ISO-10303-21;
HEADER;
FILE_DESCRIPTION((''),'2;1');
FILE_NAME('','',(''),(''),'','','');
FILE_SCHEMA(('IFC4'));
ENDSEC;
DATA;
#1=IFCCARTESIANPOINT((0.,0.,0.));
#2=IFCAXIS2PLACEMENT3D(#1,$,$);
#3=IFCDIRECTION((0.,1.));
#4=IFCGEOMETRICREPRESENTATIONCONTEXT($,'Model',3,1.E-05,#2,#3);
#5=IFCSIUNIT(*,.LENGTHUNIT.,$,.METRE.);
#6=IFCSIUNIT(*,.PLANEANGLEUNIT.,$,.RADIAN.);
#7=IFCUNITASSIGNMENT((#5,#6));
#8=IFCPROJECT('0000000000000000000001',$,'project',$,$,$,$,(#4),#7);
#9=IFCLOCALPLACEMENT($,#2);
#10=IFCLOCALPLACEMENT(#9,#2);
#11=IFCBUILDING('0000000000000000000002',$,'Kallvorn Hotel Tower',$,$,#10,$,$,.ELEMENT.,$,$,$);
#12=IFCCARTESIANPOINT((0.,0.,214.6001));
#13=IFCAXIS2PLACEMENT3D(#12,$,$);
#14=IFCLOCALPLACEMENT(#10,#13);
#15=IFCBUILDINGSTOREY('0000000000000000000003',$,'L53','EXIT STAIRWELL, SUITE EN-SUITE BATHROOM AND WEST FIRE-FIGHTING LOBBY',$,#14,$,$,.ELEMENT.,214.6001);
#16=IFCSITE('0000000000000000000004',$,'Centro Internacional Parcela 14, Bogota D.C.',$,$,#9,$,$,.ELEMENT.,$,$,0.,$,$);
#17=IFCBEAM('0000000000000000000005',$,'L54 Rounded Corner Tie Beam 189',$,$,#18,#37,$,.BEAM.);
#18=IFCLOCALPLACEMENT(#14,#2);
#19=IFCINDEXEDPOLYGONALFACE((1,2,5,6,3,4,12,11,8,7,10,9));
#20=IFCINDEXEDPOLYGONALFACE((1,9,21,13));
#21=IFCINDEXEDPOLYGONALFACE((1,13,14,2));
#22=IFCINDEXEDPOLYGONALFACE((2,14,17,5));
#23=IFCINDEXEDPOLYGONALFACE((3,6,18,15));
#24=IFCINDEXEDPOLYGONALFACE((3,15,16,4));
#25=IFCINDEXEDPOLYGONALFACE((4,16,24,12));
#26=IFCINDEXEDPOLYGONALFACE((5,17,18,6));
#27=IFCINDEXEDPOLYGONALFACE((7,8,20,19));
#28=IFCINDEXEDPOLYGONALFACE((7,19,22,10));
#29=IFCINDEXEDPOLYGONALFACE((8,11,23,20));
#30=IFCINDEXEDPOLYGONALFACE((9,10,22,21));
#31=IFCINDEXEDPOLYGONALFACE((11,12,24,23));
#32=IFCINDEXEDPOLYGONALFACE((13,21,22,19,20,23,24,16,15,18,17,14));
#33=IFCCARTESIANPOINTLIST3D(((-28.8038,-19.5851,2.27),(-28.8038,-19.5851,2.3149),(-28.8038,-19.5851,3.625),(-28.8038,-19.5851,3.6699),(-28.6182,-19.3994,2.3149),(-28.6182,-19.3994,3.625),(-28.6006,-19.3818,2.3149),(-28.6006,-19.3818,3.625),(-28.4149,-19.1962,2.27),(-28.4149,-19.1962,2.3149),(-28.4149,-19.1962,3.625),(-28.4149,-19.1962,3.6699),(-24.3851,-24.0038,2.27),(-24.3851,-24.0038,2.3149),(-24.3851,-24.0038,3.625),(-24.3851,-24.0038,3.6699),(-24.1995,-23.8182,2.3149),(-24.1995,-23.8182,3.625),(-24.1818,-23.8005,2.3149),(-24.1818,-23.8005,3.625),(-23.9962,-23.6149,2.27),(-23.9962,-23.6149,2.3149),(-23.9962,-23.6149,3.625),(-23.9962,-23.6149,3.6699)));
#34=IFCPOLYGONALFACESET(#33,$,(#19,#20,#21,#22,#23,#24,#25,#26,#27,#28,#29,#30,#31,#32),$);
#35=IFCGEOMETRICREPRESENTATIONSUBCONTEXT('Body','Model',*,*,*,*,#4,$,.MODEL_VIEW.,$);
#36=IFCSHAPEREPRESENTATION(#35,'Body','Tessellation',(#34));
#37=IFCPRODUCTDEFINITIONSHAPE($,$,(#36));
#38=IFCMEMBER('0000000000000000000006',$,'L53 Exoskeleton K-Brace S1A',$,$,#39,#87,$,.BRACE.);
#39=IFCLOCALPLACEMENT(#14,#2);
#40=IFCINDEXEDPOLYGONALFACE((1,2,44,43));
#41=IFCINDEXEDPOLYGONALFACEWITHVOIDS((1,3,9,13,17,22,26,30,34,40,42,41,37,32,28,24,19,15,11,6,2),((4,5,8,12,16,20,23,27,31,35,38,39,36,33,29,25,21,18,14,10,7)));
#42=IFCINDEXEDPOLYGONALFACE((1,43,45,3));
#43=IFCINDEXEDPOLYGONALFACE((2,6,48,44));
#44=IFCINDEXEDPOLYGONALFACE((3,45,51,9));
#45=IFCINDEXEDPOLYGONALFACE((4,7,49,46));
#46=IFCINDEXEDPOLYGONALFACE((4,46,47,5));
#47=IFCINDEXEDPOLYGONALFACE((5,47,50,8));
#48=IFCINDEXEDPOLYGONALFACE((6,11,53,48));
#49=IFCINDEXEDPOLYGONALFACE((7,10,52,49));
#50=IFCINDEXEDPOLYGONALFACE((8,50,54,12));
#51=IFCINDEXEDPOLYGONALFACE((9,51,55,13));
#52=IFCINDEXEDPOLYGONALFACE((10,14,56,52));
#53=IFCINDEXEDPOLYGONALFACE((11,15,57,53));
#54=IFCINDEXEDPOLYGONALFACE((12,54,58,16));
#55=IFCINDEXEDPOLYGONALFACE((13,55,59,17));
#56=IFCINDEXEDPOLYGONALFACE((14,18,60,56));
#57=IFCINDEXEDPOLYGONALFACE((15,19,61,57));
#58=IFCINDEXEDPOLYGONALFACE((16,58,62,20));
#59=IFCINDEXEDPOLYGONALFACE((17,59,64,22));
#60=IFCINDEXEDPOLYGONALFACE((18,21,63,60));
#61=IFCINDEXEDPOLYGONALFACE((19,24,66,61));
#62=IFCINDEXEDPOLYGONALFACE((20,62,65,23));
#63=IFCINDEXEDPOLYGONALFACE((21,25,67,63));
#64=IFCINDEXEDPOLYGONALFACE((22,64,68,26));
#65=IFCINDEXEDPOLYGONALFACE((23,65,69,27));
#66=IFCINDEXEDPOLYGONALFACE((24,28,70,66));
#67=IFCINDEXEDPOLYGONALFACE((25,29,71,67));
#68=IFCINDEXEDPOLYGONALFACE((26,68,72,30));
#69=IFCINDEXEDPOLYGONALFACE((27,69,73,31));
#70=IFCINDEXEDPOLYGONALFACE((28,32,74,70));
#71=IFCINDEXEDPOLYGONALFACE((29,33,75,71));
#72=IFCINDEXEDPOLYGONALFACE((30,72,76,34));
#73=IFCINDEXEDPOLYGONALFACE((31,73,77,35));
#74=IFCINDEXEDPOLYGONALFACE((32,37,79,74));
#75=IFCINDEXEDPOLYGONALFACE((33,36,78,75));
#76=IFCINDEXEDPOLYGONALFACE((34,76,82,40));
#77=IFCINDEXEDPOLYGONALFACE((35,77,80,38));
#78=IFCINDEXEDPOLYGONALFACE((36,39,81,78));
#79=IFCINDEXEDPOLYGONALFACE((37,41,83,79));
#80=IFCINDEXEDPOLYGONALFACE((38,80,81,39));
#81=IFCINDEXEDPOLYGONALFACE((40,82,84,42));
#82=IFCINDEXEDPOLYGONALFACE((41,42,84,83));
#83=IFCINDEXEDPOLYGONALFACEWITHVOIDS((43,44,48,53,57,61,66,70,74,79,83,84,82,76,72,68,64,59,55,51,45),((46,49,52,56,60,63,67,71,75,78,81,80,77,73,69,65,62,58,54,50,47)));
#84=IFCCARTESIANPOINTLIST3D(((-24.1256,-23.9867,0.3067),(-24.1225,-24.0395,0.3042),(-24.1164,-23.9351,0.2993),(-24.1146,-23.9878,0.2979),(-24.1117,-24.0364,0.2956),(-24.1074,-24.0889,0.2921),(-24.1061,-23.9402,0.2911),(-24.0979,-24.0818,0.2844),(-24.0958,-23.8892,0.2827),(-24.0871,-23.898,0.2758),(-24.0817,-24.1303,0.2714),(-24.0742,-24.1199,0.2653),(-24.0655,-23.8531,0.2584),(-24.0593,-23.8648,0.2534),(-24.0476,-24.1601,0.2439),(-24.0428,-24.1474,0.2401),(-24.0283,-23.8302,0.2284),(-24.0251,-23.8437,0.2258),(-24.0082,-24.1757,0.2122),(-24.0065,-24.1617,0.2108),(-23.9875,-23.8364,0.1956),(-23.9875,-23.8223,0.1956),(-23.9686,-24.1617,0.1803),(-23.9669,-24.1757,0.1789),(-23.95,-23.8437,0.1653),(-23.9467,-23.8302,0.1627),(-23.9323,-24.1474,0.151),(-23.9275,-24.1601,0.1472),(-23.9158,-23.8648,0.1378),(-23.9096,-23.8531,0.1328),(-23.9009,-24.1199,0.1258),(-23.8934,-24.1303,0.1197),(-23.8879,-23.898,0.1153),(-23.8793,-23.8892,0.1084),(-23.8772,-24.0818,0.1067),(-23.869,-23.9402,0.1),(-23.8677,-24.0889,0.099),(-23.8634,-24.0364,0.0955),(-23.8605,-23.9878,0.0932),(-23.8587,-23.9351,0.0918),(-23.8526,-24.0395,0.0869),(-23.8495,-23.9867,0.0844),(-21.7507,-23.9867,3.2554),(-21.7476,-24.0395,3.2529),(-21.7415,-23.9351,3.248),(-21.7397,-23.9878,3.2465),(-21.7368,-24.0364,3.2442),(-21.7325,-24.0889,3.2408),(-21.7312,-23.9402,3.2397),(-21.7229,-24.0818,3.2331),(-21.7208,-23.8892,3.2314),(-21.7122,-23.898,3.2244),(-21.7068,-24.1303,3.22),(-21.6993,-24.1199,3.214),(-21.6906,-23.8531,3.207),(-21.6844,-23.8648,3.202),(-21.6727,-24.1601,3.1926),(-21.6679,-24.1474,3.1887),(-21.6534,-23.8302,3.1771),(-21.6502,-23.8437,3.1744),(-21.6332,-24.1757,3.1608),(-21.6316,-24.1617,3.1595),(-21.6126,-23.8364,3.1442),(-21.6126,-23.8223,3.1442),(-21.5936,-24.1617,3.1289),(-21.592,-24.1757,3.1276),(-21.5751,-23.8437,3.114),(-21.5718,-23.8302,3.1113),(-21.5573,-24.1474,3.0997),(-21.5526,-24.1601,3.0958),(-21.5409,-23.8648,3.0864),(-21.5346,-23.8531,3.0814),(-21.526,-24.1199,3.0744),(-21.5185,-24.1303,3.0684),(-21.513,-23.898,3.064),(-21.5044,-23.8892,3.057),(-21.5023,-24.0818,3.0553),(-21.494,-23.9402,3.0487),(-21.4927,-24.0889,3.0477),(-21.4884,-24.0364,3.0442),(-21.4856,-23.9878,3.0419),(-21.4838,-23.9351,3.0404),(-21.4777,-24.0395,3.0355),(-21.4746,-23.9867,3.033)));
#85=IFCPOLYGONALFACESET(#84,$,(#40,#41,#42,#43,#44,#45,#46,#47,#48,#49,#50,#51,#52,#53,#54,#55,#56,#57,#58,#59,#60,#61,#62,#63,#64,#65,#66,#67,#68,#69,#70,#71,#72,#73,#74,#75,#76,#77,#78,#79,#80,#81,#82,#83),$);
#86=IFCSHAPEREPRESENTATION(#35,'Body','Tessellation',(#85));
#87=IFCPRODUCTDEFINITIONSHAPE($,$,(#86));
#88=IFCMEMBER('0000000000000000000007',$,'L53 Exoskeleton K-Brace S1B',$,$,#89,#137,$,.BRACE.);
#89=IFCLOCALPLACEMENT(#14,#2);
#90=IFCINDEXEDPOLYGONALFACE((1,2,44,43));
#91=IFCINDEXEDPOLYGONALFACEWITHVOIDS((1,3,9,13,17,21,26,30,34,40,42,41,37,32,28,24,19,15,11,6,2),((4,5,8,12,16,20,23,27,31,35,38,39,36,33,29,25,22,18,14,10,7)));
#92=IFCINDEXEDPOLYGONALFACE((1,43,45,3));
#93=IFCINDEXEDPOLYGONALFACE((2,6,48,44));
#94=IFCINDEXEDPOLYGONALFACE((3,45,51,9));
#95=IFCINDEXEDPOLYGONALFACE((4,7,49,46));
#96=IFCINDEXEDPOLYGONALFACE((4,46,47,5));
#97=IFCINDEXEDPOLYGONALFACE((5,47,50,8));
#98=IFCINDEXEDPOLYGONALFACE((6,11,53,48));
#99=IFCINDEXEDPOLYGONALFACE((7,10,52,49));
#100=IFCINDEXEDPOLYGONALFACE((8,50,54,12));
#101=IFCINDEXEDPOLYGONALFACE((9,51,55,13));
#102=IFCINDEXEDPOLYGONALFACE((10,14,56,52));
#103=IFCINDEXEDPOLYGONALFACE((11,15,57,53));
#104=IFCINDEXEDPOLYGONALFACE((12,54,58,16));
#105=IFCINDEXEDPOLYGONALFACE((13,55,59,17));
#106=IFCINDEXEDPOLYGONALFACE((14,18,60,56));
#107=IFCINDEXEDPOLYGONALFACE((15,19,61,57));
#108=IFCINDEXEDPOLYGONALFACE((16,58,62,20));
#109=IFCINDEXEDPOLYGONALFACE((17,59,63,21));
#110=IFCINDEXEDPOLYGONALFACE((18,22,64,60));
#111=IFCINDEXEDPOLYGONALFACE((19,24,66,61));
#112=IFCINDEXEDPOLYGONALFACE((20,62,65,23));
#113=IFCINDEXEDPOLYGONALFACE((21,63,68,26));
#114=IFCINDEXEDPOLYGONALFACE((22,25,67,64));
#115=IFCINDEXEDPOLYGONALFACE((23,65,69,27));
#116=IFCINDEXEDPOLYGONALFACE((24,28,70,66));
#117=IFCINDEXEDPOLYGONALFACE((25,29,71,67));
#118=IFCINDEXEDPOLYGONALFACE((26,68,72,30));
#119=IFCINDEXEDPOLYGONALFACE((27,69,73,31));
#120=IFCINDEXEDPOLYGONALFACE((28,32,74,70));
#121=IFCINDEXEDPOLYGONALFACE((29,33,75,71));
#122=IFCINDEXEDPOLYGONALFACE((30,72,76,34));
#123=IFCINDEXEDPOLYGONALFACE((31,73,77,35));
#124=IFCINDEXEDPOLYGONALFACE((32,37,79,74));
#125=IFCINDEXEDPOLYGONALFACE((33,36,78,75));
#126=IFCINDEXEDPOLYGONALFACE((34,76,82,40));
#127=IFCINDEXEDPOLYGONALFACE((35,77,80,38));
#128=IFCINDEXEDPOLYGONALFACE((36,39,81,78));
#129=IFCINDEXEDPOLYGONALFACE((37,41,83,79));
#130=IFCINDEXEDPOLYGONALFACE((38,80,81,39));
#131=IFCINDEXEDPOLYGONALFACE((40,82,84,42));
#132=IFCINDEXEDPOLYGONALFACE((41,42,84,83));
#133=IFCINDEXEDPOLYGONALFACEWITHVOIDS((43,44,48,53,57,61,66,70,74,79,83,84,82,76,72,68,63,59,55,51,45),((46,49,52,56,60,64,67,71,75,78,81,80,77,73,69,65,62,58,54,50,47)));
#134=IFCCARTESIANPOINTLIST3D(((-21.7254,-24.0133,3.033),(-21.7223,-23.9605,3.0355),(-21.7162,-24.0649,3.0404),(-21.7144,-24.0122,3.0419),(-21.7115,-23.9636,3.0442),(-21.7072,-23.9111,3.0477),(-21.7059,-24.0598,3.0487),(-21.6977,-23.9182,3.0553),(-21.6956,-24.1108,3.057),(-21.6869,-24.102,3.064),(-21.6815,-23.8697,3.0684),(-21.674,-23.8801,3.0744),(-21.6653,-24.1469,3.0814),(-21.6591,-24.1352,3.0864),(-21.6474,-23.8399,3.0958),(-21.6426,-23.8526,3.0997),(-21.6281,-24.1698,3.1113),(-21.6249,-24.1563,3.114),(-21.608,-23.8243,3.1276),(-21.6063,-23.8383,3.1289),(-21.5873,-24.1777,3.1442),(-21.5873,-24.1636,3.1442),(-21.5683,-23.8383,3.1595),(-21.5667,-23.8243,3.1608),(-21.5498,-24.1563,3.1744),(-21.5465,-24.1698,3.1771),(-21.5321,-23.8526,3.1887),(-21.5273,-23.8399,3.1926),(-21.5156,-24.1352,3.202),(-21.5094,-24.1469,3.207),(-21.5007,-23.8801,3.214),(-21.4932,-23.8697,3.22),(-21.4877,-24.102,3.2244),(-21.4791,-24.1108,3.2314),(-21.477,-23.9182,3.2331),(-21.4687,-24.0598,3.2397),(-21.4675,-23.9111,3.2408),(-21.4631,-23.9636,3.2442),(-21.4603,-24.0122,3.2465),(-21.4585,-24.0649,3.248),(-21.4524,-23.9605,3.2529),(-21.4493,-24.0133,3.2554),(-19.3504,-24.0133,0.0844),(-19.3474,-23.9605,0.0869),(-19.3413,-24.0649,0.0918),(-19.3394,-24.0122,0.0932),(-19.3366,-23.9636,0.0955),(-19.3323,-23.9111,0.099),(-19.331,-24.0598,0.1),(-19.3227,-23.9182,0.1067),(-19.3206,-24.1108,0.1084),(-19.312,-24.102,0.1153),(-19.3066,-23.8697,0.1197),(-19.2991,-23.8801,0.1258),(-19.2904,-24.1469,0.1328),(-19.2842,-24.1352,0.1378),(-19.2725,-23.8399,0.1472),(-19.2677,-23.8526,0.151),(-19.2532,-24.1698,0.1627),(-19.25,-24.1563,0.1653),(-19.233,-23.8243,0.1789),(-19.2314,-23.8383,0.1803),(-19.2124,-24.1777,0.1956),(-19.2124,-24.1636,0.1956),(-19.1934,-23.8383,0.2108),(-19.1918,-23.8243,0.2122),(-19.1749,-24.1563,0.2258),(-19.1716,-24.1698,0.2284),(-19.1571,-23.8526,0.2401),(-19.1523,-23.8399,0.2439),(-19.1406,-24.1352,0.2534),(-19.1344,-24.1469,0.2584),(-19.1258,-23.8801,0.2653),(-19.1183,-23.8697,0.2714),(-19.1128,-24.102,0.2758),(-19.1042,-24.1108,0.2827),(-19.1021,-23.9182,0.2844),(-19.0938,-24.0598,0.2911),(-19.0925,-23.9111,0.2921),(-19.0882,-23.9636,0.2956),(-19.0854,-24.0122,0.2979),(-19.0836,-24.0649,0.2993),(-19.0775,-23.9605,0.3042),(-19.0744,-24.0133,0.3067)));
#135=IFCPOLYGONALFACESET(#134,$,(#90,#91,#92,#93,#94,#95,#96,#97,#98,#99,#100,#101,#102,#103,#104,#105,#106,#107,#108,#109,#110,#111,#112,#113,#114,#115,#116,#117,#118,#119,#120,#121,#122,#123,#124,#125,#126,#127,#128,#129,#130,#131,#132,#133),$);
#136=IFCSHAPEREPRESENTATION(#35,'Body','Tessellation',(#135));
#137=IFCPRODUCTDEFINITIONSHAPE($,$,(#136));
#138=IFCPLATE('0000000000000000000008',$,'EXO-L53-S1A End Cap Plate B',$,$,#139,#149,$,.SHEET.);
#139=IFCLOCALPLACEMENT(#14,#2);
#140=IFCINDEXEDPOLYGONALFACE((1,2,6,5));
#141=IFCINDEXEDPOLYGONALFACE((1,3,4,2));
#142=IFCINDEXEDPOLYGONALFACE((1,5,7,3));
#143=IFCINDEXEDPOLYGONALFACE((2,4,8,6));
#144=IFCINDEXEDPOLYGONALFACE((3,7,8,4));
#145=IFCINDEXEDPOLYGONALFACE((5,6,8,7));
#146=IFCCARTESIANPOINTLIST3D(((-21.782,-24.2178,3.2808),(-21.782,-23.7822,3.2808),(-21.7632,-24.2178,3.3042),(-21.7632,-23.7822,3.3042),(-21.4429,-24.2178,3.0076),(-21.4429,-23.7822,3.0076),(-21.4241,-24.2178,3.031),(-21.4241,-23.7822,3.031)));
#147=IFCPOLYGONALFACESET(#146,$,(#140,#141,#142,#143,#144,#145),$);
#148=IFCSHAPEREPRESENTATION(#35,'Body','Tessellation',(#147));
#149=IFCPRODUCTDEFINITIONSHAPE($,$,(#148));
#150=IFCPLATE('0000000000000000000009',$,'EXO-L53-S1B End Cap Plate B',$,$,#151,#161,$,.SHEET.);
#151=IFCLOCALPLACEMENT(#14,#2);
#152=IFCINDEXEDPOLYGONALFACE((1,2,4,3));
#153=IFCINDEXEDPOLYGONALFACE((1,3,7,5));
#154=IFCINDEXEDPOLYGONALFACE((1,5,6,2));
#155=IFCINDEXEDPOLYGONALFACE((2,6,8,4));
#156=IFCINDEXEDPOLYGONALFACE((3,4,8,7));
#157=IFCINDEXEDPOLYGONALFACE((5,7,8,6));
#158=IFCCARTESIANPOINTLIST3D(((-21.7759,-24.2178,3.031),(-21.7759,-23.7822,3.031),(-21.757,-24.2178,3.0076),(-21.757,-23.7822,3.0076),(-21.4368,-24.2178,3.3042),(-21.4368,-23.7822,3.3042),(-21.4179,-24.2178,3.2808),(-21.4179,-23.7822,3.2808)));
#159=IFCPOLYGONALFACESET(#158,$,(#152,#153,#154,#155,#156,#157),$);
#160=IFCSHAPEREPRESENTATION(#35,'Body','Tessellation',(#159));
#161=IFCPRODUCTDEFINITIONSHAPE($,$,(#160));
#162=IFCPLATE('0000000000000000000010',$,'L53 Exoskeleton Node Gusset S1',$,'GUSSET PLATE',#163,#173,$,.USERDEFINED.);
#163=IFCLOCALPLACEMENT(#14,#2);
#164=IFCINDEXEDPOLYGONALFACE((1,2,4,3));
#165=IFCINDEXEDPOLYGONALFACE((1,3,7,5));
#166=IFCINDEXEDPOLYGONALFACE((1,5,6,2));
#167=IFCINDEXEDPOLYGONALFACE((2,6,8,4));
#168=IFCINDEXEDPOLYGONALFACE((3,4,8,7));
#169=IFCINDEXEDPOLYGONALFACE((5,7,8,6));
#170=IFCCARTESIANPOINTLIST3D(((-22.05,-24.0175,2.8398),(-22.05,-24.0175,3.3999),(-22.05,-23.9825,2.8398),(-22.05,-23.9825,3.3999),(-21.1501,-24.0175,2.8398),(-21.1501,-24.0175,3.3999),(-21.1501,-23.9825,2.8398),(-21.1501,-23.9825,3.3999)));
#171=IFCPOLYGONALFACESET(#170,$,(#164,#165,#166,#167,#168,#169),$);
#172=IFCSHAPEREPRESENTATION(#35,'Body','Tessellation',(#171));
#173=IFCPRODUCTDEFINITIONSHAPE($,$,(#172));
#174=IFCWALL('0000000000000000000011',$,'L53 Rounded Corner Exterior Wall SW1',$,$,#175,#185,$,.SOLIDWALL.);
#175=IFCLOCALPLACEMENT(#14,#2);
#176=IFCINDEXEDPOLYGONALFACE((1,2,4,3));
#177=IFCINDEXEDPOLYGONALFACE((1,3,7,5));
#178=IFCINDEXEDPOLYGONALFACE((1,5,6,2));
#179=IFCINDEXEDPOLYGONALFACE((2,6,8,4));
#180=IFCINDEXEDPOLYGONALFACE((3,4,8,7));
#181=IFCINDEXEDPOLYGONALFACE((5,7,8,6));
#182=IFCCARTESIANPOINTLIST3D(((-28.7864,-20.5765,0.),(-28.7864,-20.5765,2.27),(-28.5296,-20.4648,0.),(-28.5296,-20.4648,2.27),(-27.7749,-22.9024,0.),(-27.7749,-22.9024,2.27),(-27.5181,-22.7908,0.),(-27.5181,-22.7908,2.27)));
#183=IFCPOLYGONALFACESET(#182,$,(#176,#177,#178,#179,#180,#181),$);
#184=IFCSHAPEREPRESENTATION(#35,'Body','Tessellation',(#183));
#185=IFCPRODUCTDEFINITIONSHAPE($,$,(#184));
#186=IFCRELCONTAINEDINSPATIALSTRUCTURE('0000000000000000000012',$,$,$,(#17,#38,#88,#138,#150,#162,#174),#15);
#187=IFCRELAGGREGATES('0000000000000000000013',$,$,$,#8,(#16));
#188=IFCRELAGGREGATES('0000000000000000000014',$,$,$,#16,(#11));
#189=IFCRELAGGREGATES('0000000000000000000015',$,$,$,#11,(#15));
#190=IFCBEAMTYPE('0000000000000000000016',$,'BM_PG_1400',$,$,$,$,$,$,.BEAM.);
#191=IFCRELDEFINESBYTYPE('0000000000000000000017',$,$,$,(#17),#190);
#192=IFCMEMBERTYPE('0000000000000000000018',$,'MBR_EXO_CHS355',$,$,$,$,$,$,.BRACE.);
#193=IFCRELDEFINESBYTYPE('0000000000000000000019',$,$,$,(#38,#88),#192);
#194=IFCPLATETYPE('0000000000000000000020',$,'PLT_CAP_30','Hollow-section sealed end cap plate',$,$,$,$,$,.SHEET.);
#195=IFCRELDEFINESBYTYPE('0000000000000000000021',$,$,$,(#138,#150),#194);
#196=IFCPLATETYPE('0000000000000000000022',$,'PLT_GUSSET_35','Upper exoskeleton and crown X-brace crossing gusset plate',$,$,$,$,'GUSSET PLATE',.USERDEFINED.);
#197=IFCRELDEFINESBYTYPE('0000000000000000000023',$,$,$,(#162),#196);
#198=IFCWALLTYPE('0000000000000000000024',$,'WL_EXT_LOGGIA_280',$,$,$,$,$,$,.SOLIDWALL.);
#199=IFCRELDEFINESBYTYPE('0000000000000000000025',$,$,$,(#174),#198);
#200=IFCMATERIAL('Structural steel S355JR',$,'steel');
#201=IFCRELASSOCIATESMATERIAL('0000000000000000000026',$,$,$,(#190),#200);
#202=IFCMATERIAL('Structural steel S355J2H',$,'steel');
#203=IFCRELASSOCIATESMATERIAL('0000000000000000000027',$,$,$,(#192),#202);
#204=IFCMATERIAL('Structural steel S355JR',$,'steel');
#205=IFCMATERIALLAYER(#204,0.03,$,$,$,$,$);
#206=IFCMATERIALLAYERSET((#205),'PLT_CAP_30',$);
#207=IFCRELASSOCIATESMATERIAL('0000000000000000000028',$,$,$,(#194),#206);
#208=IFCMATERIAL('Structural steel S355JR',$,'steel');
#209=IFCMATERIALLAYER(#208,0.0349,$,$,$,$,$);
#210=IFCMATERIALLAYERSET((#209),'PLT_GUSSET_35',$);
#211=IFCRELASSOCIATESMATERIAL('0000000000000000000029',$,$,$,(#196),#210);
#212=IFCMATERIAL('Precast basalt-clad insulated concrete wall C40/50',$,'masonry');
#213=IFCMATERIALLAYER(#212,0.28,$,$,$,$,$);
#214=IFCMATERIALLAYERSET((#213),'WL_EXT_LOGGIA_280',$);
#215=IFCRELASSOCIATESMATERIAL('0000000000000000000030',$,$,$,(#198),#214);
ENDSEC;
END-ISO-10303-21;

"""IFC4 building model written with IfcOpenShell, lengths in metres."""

from ifc_helpers import new_model, si_unit, direction, frame, frame_2d, origin, origin_2d, place, context, subcontext, project, spatial, polyline, rectangle, hollow_circle, i_section, outline, extrude, material, layer, layer_set, material_profile, profile_set, type_object, element, save


model = new_model("IFC4")

# Units and contexts
model_context = context("Model", 3, precision=1e-05, world=origin(), true_north=direction((0.0, 1.0)))
body_context = subcontext(model_context, "Body", "Model", "MODEL_VIEW")
ifc_project = project(units=[si_unit("LENGTHUNIT", "METRE"), si_unit("PLANEANGLEUNIT", "RADIAN")], contexts=[model_context])

# Site, building, storey
site_placement = place(None, origin())
site = spatial("IfcSite", under=ifc_project, at=site_placement, Name="Centro Internacional Parcela 14, Bogota D.C.", CompositionType="ELEMENT", RefElevation=0.0)
building_placement = place(site_placement, origin())
building = spatial("IfcBuilding", under=site, at=building_placement, Name="Kallvorn Hotel Tower", CompositionType="ELEMENT")
storey_placement = place(building_placement, frame((0.0, 0.0, 214.6001)))
storey = spatial("IfcBuildingStorey", under=building, at=storey_placement, Name="L53", Description="EXIT STAIRWELL, SUITE EN-SUITE BATHROOM AND WEST FIRE-FIGHTING LOBBY", CompositionType="ELEMENT", Elevation=214.6001)

# Beam
ifc_material_1 = material(Name="Structural steel S355JR", Category="steel")
ifc_material_profile_1 = material_profile(ifc_material_1, i_section(OverallWidth=0.55, OverallDepth=1.3999, WebThickness=0.0249, FlangeThickness=0.0449, at=origin_2d()), Name="PG 1400x550x25x45")
ifc_profile_set_1 = profile_set([ifc_material_profile_1], Name="Structural steel S355JR")
beam_type_1 = type_object("IfcBeamType", Name="BM_PG_1400", PredefinedType="BEAM", material=ifc_profile_set_1)
beam_1_placement = place(storey_placement, frame((-28.6094, -19.3906, 2.97), z_axis=(0.707107, -0.707107, 0.0), x_axis=(0.707107, 0.707107, 0.0)))
element("IfcBeam", 1, at=beam_1_placement, inside=storey, type_object=beam_type_1, Name="L54 Rounded Corner Tie Beam 189", PredefinedType="BEAM", context=body_context, shape_type="SweptSolid", body=[
    extrude(i_section(OverallWidth=0.55, OverallDepth=1.3999, WebThickness=0.0249, FlangeThickness=0.0449, at=origin_2d()), origin(), (0.0, 0.0, 1.0), 6.249),
])

# Members
ifc_material_2 = material(Name="Structural steel S355J2H", Category="steel")
ifc_material_profile_2 = material_profile(ifc_material_2, hollow_circle(Radius=0.1777, WallThickness=0.0142, at=origin_2d()), Name="CHS 355.6x14.2")
ifc_profile_set_2 = profile_set([ifc_material_profile_2], Name="Structural steel S355J2H")
member_type = type_object("IfcMemberType", Name="MBR_EXO_CHS355", PredefinedType="BRACE", material=ifc_profile_set_2)
for number, where, z_axis, x_axis, name in (
    (2, (-23.9875, -24.0, 0.1956), (0.627271, 0.0, 0.778801), (0.0, 1.0, 0.0), "L53 Exoskeleton K-Brace S1A"),
    (3, (-19.2124, -24.0, 0.1956), (-0.627271, 0.0, 0.778801), (0.0, -1.0, 0.0), "L53 Exoskeleton K-Brace S1B"),
):
    element("IfcMember", number, at=place(storey_placement, frame(where, z_axis=z_axis, x_axis=x_axis)), inside=storey, type_object=member_type, Name=name, PredefinedType="BRACE", context=body_context, shape_type="SweptSolid", body=[
        extrude(hollow_circle(Radius=0.1777, WallThickness=0.0142, at=origin_2d()), origin(), (0.0, 0.0, 1.0), 3.7861),
    ])

# Plates
ifc_material_3 = material(Name="Structural steel S355JR", Category="steel")
ifc_layer_1 = layer(ifc_material_3, 0.03)
ifc_layer_set_1 = layer_set([ifc_layer_1], Name="PLT_CAP_30")
plate_type_1 = type_object("IfcPlateType", Name="PLT_CAP_30", Description="Hollow-section sealed end cap plate", PredefinedType="SHEET", material=ifc_layer_set_1)
for number, where, z_axis, x_axis, name in (
    (4, (-21.4241, -24.2178, 3.031), (0.627358, 0.0, 0.778731), (0.0, 1.0, 0.0), "EXO-L53-S1A End Cap Plate B"),
    (5, (-21.7759, -23.7822, 3.031), (-0.627358, 0.0, 0.778731), (0.0, -1.0, 0.0), "EXO-L53-S1B End Cap Plate B"),
):
    element("IfcPlate", number, at=place(storey_placement, frame(where, z_axis=z_axis, x_axis=x_axis)), inside=storey, type_object=plate_type_1, Name=name, PredefinedType="SHEET", context=body_context, shape_type="SweptSolid", body=[
        extrude(outline(polyline([(0.0, 0.0), (0.4355, 0.0), (0.4355, 0.4355), (0.0, 0.4355), (0.0, 0.0)])), origin(), (0.0, 0.0, -1.0), 0.03),
    ])
ifc_material_4 = material(Name="Structural steel S355JR", Category="steel")
ifc_layer_2 = layer(ifc_material_4, 0.0349)
ifc_layer_set_2 = layer_set([ifc_layer_2], Name="PLT_GUSSET_35")
plate_type_2 = type_object("IfcPlateType", Name="PLT_GUSSET_35", Description="Upper exoskeleton and crown X-brace crossing gusset plate", ElementType="GUSSET PLATE", PredefinedType="USERDEFINED", material=ifc_layer_set_2)
plate_placement = place(storey_placement, frame((-21.6001, -24.0, 2.8398), z_axis=(0.0, 0.0, 1.0), x_axis=(1.0, 0.0, 0.0)))
element("IfcPlate", 6, at=plate_placement, inside=storey, type_object=plate_type_2, Name="L53 Exoskeleton Node Gusset S1", ObjectType="GUSSET PLATE", PredefinedType="USERDEFINED", context=body_context, shape_type="SweptSolid", body=[
    extrude(rectangle(XDim=0.8999, YDim=0.0349, at=origin_2d()), origin(), (0.0, 0.0, 1.0), 0.5601),
])

# Wall
ifc_material_5 = material(Name="Precast basalt-clad insulated concrete wall C40/50", Category="masonry")
ifc_layer_3 = layer(ifc_material_5, 0.28)
ifc_layer_set_3 = layer_set([ifc_layer_3], Name="WL_EXT_LOGGIA_280")
wall_type_1 = type_object("IfcWallType", Name="WL_EXT_LOGGIA_280", PredefinedType="SOLIDWALL", material=ifc_layer_set_3)
wall_1_placement = place(storey_placement, frame((-28.658, -20.5208, 0.0), z_axis=(0.0, 0.0, 1.0), x_axis=(0.398793, -0.917041, 0.0)))
element("IfcWall", 7, at=wall_1_placement, inside=storey, type_object=wall_type_1, Name="L53 Rounded Corner Exterior Wall SW1", PredefinedType="SOLIDWALL", context=body_context, shape_type="SweptSolid", body=[
    extrude(rectangle(XDim=2.5364, YDim=0.28, at=frame_2d((1.2681, 0.0))), origin(), (0.0, 0.0, 1.0), 2.27),
])

save(model, "model.ifc")
